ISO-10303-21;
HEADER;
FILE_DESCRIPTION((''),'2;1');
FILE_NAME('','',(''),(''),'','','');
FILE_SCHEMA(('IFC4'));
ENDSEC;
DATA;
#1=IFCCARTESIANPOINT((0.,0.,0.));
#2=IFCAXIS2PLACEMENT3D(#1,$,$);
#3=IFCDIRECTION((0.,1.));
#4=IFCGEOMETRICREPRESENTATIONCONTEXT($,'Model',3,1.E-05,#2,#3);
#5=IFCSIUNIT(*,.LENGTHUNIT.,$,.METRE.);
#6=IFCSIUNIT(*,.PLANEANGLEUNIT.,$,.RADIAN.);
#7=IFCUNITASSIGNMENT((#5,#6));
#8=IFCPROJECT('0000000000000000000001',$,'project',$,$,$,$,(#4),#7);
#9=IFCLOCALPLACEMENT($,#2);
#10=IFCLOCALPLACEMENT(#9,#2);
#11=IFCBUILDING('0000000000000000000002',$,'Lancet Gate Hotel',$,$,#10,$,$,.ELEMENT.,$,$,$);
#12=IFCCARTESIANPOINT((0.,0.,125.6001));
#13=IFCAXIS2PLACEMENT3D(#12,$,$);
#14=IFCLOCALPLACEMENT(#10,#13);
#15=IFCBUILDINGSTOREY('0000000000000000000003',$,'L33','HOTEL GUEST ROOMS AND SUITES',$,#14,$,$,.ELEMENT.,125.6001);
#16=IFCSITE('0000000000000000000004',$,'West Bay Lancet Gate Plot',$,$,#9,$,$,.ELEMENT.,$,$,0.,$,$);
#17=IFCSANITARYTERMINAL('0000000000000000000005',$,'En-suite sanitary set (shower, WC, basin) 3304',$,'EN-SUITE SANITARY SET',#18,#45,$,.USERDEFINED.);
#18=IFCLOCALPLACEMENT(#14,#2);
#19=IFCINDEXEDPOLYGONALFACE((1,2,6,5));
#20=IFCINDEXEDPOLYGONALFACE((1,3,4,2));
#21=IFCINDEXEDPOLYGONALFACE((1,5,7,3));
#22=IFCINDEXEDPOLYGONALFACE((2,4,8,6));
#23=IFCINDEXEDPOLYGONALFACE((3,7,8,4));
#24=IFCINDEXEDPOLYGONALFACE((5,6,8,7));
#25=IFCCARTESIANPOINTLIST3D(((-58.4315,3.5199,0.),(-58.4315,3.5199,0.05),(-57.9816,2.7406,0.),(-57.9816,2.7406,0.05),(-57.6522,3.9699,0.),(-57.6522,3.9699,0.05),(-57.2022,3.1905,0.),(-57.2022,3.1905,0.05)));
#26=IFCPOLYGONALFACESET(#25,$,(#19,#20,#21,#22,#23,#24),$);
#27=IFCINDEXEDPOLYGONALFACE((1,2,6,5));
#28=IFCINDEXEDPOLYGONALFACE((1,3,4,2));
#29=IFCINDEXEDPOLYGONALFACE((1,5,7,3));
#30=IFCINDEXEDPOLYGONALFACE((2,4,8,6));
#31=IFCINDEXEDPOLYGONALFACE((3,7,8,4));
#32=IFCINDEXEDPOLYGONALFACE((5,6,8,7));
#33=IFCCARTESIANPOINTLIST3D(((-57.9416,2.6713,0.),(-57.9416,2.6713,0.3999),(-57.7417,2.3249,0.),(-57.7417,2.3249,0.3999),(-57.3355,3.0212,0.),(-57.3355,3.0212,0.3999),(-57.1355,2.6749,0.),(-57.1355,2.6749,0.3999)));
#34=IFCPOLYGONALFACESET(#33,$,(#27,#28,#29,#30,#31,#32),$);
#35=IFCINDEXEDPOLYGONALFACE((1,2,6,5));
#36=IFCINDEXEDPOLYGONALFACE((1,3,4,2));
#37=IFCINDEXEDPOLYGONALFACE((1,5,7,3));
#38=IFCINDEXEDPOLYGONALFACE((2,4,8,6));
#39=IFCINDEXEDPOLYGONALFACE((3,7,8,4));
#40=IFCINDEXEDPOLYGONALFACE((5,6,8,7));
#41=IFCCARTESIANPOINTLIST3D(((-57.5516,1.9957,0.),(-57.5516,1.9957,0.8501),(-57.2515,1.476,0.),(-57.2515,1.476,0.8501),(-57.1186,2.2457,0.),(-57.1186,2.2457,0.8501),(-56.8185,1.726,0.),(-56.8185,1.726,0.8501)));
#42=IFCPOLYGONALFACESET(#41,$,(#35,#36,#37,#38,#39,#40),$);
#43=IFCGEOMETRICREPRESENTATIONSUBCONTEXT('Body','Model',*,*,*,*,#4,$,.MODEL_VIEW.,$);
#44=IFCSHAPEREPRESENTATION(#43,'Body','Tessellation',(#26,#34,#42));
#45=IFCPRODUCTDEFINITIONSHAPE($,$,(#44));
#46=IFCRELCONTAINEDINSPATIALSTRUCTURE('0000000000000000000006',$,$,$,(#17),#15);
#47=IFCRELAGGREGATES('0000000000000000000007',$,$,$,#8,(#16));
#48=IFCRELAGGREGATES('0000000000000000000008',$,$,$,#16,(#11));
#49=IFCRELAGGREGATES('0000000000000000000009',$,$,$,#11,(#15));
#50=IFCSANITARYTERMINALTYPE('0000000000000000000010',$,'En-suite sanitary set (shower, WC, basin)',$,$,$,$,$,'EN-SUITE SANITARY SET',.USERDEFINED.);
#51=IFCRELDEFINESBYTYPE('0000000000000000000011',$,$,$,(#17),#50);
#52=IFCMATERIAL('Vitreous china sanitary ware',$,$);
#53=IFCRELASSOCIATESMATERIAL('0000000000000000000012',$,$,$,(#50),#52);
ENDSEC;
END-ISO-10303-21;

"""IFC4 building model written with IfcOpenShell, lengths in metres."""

from ifc_helpers import new_model, si_unit, direction, frame, origin, origin_2d, place, context, subcontext, project, spatial, rectangle, extrude, material, type_object, element, save


model = new_model("IFC4")

# Units and contexts
model_context = context("Model", 3, precision=1e-05, world=origin(), true_north=direction((0.0, 1.0)))
body_context = subcontext(model_context, "Body", "Model", "MODEL_VIEW")
ifc_project = project(units=[si_unit("LENGTHUNIT", "METRE"), si_unit("PLANEANGLEUNIT", "RADIAN")], contexts=[model_context])

# Site, building, storey
site_placement = place(None, origin())
site = spatial("IfcSite", under=ifc_project, at=site_placement, Name="West Bay Lancet Gate Plot", CompositionType="ELEMENT", RefElevation=0.0)
building_placement = place(site_placement, origin())
building = spatial("IfcBuilding", under=site, at=building_placement, Name="Lancet Gate Hotel", CompositionType="ELEMENT")
storey_placement = place(building_placement, frame((0.0, 0.0, 125.6001)))
storey = spatial("IfcBuildingStorey", under=building, at=storey_placement, Name="L33", Description="HOTEL GUEST ROOMS AND SUITES", CompositionType="ELEMENT", Elevation=125.6001)

# Sanitary terminal
ifc_material_1 = material(Name="Vitreous china sanitary ware")
sanitary_terminal_type = type_object("IfcSanitaryTerminalType", Name="En-suite sanitary set (shower, WC, basin)", ElementType="EN-SUITE SANITARY SET", PredefinedType="USERDEFINED", material=ifc_material_1)
sanitary_terminal_placement = place(storey_placement, frame((-57.8169, 3.3552, 0.0), z_axis=(0.0, 0.0, 1.0), x_axis=(1.0, 0.0, 0.0)))
element("IfcSanitaryTerminal", 1, at=sanitary_terminal_placement, inside=storey, type_object=sanitary_terminal_type, Name="En-suite sanitary set (shower, WC, basin) 3304", ObjectType="EN-SUITE SANITARY SET", PredefinedType="USERDEFINED", context=body_context, shape_type="SweptSolid", body=[
    extrude(rectangle(XDim=0.8999, YDim=0.8999, at=origin_2d()), frame((0.0, 0.0, 0.0), z_axis=(0.0, 0.0, 1.0), x_axis=(-0.5, 0.866025, 0.0)), (0.0, 0.0, 1.0), 0.05),
    extrude(rectangle(XDim=0.3999, YDim=0.7, at=origin_2d()), frame((0.2783, -0.6821, 0.0), z_axis=(0.0, 0.0, 1.0), x_axis=(-0.5, 0.866025, 0.0)), (0.0, 0.0, 1.0), 0.3999),
    extrude(rectangle(XDim=0.6001, YDim=0.5, at=origin_2d()), frame((0.6318, -1.4944, 0.0), z_axis=(0.0, 0.0, 1.0), x_axis=(-0.5, 0.866025, 0.0)), (0.0, 0.0, 1.0), 0.8501),
])

save(model, "model.ifc")
